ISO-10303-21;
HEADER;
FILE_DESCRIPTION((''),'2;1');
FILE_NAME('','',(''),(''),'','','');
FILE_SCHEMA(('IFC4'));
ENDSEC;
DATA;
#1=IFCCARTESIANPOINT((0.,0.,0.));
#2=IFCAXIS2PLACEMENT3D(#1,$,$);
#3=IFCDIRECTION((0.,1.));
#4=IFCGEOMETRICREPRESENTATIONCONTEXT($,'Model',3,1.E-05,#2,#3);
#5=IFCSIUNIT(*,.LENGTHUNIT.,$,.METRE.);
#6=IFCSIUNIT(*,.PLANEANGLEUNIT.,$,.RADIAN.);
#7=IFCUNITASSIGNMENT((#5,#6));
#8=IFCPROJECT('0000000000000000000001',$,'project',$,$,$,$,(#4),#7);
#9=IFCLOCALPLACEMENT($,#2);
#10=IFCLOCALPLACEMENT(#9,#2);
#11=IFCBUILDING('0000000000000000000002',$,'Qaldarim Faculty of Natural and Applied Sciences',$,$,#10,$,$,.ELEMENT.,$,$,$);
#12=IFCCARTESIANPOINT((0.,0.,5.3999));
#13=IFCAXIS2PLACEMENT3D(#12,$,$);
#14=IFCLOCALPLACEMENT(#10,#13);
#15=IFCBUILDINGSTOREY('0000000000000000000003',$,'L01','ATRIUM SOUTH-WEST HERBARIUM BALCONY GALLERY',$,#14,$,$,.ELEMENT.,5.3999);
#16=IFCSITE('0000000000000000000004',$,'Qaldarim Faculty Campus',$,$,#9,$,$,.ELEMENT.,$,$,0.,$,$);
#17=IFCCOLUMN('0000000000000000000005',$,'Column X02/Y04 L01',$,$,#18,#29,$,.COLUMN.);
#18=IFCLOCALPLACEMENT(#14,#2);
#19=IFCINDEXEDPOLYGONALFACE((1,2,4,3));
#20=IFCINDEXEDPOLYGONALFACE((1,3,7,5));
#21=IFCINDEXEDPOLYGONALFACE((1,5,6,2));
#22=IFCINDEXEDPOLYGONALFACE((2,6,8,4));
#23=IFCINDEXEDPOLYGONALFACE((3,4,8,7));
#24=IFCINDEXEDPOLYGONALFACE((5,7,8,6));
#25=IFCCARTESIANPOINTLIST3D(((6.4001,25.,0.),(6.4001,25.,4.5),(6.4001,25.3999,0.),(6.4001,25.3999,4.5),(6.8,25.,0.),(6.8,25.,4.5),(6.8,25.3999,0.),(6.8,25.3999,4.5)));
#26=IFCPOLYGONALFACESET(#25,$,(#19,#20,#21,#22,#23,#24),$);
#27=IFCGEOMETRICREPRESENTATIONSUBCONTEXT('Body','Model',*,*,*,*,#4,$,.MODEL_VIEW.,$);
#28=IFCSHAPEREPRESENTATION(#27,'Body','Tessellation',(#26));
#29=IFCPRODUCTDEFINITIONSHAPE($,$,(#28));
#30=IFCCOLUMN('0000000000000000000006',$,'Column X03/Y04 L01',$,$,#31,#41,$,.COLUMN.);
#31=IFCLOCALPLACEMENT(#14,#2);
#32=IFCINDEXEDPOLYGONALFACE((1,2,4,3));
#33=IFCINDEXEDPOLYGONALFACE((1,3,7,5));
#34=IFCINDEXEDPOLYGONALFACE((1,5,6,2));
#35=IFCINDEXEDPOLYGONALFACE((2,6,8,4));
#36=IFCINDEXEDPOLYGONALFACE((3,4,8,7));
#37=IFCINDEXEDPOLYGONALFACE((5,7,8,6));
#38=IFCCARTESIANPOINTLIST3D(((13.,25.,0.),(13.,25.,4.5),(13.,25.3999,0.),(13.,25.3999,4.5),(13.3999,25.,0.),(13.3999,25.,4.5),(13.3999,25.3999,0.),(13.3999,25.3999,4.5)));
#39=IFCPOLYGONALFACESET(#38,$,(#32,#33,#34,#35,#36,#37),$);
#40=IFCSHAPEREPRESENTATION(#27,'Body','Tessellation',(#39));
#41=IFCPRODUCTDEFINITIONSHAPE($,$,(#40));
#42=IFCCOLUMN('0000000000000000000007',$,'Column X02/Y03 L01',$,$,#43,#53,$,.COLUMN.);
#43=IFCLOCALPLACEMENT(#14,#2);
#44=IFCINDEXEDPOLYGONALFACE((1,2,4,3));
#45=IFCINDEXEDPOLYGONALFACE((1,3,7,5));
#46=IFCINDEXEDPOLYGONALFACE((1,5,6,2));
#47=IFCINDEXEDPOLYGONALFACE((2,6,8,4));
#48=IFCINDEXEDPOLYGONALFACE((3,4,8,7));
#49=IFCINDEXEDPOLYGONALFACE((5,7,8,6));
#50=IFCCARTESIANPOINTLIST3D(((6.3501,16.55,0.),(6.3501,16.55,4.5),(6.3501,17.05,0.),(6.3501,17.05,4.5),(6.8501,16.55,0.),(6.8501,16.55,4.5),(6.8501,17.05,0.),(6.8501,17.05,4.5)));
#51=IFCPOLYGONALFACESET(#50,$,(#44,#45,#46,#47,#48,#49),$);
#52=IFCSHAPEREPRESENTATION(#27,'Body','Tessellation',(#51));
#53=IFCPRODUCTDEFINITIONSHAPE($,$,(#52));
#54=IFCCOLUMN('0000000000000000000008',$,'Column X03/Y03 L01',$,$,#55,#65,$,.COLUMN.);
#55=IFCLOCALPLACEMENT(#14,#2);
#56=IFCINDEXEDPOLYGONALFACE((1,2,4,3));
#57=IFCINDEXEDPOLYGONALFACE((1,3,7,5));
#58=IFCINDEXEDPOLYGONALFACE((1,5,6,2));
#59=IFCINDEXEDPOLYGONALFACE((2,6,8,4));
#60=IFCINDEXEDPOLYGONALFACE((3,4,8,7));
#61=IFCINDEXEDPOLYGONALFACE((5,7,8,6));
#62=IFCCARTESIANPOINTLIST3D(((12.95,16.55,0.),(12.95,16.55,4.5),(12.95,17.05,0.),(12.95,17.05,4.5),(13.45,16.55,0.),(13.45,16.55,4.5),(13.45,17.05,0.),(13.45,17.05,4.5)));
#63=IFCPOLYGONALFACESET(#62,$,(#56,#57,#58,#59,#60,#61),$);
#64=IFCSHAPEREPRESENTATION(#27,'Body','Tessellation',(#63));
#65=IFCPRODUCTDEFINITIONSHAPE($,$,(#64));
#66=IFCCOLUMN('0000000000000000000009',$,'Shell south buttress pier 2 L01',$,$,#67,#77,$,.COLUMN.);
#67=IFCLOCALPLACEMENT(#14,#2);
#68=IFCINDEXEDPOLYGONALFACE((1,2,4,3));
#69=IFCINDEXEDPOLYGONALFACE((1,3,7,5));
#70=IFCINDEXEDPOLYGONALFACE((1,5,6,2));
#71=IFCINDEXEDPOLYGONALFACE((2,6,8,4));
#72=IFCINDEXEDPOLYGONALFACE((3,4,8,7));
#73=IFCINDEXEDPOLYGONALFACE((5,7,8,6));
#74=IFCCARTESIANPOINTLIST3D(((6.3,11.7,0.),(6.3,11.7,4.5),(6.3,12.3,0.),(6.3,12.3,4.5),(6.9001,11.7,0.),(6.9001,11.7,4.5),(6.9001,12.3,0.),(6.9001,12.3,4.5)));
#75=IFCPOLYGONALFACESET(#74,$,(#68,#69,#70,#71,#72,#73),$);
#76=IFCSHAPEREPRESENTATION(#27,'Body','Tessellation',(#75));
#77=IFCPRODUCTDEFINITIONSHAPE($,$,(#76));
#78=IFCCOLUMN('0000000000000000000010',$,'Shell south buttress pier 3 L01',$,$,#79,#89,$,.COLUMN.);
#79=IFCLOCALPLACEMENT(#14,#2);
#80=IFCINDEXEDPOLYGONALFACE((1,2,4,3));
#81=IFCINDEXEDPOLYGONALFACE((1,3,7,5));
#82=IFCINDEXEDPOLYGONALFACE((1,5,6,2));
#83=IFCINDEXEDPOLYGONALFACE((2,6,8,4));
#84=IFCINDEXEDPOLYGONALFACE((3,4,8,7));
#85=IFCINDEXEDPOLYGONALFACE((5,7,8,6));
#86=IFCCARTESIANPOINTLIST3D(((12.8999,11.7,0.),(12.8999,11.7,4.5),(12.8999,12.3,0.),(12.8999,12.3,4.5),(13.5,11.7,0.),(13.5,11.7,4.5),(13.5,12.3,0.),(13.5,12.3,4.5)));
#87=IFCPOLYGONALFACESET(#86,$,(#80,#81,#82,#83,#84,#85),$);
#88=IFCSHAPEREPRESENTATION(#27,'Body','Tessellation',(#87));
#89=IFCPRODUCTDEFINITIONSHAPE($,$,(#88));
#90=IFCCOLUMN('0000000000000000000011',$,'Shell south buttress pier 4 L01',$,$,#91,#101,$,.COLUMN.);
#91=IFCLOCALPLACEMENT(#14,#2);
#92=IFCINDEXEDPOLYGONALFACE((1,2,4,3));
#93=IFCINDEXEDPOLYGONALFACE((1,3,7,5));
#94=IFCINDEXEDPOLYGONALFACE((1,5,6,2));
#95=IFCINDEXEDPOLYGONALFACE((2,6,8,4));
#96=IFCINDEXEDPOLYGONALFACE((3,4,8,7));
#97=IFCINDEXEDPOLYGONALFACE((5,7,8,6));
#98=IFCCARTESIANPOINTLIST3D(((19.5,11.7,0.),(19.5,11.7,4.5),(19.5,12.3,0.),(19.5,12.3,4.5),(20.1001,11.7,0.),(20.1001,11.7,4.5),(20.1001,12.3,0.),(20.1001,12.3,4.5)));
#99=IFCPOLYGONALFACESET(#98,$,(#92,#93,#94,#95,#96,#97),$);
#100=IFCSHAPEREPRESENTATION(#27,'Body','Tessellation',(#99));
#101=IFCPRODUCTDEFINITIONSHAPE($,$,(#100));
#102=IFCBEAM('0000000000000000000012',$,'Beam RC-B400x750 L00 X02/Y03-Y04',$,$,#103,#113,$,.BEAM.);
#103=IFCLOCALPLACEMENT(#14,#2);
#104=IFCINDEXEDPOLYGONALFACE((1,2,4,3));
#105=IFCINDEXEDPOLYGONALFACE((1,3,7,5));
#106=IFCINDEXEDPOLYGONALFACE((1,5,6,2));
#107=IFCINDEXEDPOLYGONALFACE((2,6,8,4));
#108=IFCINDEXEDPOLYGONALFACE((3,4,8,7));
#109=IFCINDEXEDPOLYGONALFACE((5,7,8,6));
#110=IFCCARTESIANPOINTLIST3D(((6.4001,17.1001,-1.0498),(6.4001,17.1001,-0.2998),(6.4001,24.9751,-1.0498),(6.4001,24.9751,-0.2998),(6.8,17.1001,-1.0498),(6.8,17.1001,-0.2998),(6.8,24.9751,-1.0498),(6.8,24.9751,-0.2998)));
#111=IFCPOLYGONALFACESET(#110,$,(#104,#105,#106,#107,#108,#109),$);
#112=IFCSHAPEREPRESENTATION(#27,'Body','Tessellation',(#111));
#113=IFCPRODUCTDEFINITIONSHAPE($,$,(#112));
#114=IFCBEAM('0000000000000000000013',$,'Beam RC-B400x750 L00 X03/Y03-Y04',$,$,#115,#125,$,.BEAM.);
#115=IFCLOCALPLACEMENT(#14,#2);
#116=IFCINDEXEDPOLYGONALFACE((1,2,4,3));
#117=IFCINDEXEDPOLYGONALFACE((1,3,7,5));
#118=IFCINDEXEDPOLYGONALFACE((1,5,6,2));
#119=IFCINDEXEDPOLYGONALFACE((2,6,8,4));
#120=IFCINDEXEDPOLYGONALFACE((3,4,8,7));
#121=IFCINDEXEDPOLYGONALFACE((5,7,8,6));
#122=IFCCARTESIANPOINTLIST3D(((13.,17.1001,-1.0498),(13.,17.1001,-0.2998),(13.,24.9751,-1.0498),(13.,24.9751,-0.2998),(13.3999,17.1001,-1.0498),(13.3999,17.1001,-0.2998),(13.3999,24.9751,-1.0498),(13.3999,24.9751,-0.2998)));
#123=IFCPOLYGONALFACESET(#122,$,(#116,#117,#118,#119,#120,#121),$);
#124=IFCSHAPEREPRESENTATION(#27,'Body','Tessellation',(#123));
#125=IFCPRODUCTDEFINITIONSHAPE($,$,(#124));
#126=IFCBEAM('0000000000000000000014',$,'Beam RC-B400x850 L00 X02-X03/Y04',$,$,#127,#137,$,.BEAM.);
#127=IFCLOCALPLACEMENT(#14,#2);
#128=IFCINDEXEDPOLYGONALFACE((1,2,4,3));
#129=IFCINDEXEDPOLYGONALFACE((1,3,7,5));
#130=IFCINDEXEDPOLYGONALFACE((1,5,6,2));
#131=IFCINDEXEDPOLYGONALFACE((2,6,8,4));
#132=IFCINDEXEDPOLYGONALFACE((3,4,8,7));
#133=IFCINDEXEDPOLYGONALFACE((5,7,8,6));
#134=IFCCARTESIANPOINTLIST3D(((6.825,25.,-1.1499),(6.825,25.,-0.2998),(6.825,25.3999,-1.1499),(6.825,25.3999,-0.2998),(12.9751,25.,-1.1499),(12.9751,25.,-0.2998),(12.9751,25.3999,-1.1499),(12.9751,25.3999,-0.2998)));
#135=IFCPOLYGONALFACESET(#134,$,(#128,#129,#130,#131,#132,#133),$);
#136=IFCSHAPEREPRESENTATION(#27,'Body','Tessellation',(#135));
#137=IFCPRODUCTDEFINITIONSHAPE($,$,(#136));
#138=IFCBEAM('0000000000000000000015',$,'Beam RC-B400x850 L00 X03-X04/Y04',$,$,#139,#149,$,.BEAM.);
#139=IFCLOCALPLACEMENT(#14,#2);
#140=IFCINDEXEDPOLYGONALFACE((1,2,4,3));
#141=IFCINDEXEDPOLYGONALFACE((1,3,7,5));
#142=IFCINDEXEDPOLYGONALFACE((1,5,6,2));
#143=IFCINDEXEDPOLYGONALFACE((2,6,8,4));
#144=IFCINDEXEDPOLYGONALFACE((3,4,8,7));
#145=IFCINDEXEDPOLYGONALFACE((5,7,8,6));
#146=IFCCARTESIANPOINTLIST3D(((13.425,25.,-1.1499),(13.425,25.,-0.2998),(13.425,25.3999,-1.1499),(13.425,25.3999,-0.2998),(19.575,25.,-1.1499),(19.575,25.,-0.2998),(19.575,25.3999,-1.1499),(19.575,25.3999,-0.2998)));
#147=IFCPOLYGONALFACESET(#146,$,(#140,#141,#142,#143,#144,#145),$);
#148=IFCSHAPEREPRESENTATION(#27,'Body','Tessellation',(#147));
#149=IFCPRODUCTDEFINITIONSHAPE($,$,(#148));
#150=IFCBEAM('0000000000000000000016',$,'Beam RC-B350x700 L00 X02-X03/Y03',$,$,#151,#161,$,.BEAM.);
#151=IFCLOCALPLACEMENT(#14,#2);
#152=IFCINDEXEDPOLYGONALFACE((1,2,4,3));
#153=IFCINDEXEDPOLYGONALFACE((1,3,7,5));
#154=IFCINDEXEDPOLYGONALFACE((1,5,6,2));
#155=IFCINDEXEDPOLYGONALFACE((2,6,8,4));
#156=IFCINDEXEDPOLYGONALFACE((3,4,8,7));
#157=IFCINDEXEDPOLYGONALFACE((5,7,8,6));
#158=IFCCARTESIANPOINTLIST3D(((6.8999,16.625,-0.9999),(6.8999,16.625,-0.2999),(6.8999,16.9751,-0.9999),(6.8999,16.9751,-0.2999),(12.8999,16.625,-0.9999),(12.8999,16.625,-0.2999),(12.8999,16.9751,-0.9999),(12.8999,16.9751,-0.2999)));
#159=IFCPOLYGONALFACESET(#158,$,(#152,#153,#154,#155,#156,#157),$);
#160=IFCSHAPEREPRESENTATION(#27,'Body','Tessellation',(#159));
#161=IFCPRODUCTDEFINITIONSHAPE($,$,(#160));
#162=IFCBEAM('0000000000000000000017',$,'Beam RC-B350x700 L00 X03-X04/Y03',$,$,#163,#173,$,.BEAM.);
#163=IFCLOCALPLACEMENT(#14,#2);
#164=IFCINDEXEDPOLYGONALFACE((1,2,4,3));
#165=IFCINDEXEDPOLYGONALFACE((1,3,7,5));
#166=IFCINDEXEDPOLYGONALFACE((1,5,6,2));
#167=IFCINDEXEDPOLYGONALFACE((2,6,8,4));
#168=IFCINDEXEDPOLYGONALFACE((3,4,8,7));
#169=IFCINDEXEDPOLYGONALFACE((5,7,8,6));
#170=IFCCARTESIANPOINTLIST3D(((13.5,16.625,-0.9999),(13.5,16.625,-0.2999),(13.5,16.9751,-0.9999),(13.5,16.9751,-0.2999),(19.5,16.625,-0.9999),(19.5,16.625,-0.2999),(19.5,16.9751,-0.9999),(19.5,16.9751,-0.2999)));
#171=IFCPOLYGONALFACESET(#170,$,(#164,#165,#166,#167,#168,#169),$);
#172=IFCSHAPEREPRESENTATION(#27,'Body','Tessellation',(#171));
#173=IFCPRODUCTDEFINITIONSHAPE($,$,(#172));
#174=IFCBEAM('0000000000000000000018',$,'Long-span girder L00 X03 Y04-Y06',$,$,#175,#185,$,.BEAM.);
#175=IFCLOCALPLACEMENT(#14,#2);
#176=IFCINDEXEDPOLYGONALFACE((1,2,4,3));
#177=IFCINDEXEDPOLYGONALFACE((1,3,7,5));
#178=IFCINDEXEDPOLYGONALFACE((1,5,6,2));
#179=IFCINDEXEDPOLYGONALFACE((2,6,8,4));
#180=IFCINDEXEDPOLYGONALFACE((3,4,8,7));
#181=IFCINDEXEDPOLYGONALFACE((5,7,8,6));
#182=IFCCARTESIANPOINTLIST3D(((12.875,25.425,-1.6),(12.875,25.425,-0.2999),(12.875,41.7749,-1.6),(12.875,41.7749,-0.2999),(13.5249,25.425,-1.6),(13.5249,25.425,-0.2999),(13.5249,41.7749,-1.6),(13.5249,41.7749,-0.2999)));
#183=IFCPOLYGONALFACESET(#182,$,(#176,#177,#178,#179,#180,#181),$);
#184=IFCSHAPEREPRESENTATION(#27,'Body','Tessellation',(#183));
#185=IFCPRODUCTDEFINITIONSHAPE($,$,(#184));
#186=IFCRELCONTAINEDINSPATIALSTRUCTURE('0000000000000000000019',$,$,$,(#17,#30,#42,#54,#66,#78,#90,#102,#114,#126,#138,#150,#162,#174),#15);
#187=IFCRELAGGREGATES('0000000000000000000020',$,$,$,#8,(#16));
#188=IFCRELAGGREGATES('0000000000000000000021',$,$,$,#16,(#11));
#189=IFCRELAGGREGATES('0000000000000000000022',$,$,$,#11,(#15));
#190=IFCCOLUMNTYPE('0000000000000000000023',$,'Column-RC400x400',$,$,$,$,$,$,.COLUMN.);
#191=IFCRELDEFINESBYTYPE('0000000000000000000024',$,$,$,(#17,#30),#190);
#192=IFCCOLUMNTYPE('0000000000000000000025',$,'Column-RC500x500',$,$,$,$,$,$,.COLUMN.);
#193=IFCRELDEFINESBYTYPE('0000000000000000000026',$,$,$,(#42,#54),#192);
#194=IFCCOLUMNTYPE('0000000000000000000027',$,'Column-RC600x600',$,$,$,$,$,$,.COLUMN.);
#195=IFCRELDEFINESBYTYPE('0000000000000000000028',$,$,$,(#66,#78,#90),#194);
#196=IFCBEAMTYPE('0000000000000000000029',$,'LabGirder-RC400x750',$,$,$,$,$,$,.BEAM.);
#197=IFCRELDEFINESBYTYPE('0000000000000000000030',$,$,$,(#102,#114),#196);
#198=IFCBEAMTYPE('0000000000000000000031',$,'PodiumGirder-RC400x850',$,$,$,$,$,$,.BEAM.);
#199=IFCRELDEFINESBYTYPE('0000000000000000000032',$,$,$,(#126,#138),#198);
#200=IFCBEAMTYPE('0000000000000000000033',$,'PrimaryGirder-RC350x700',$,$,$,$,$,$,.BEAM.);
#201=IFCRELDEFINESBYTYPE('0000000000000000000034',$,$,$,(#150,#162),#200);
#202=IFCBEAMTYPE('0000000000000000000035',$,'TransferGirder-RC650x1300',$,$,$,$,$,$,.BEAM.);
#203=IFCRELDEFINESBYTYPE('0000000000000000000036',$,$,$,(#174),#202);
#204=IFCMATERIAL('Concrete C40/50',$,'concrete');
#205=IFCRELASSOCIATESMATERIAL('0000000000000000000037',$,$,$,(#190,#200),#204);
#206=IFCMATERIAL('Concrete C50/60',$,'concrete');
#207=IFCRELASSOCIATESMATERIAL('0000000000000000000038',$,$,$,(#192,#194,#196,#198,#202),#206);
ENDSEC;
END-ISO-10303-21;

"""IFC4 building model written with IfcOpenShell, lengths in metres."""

from ifc_helpers import new_model, si_unit, direction, frame, origin, origin_2d, place, context, subcontext, project, spatial, rectangle, extrude, material, material_profile, profile_set, type_object, element, save


model = new_model("IFC4")

# Units and contexts
model_context = context("Model", 3, precision=1e-05, world=origin(), true_north=direction((0.0, 1.0)))
body_context = subcontext(model_context, "Body", "Model", "MODEL_VIEW")
ifc_project = project(units=[si_unit("LENGTHUNIT", "METRE"), si_unit("PLANEANGLEUNIT", "RADIAN")], contexts=[model_context])

# Site, building, storey
site_placement = place(None, origin())
site = spatial("IfcSite", under=ifc_project, at=site_placement, Name="Qaldarim Faculty Campus", CompositionType="ELEMENT", RefElevation=0.0)
building_placement = place(site_placement, origin())
building = spatial("IfcBuilding", under=site, at=building_placement, Name="Qaldarim Faculty of Natural and Applied Sciences", CompositionType="ELEMENT")
storey_placement = place(building_placement, frame((0.0, 0.0, 5.3999)))
storey = spatial("IfcBuildingStorey", under=building, at=storey_placement, Name="L01", Description="ATRIUM SOUTH-WEST HERBARIUM BALCONY GALLERY", CompositionType="ELEMENT", Elevation=5.3999)

# Columns
ifc_material_1 = material(Name="Concrete C40/50", Category="concrete")
ifc_material_profile_1 = material_profile(ifc_material_1, rectangle(XDim=0.3999, YDim=0.3999, at=origin_2d()), Name="RC-C400x400")
ifc_profile_set_1 = profile_set([ifc_material_profile_1], Name="Concrete C40/50")
column_type_1 = type_object("IfcColumnType", Name="Column-RC400x400", PredefinedType="COLUMN", material=ifc_profile_set_1)
for number, where, z_axis, x_axis, name in (
    (1, (6.6001, 25.2, 0.0), (0.0, 0.0, 1.0), (1.0, 0.0, 0.0), "Column X02/Y04 L01"),
    (2, (13.2, 25.2, 0.0), (0.0, 0.0, 1.0), (1.0, 0.0, 0.0), "Column X03/Y04 L01"),
):
    element("IfcColumn", number, at=place(storey_placement, frame(where, z_axis=z_axis, x_axis=x_axis)), inside=storey, type_object=column_type_1, Name=name, PredefinedType="COLUMN", context=body_context, shape_type="SweptSolid", body=[
        extrude(rectangle(XDim=0.3999, YDim=0.3999, at=origin_2d()), origin(), (0.0, 0.0, 1.0), 4.5),
    ])
ifc_material_2 = material(Name="Concrete C50/60", Category="concrete")
ifc_material_profile_2 = material_profile(ifc_material_2, rectangle(XDim=0.5, YDim=0.5, at=origin_2d()), Name="RC-C500x500")
ifc_profile_set_2 = profile_set([ifc_material_profile_2], Name="Concrete C50/60")
column_type_2 = type_object("IfcColumnType", Name="Column-RC500x500", PredefinedType="COLUMN", material=ifc_profile_set_2)
for number, where, z_axis, x_axis, name in (
    (3, (6.6001, 16.8, 0.0), (0.0, 0.0, 1.0), (1.0, 0.0, 0.0), "Column X02/Y03 L01"),
    (4, (13.2, 16.8, 0.0), (0.0, 0.0, 1.0), (1.0, 0.0, 0.0), "Column X03/Y03 L01"),
):
    element("IfcColumn", number, at=place(storey_placement, frame(where, z_axis=z_axis, x_axis=x_axis)), inside=storey, type_object=column_type_2, Name=name, PredefinedType="COLUMN", context=body_context, shape_type="SweptSolid", body=[
        extrude(rectangle(XDim=0.5, YDim=0.5, at=origin_2d()), origin(), (0.0, 0.0, 1.0), 4.5),
    ])
ifc_material_profile_3 = material_profile(ifc_material_2, rectangle(XDim=0.6001, YDim=0.6001, at=origin_2d()), Name="RC-C600x600")
ifc_profile_set_3 = profile_set([ifc_material_profile_3], Name="Concrete C50/60")
column_type_3 = type_object("IfcColumnType", Name="Column-RC600x600", PredefinedType="COLUMN", material=ifc_profile_set_3)
for number, where, z_axis, x_axis, name in (
    (5, (6.6001, 12.0, 0.0), (0.0, 0.0, 1.0), (1.0, 0.0, 0.0), "Shell south buttress pier 2 L01"),
    (6, (13.2, 12.0, 0.0), (0.0, 0.0, 1.0), (1.0, 0.0, 0.0), "Shell south buttress pier 3 L01"),
    (7, (19.8, 12.0, 0.0), (0.0, 0.0, 1.0), (1.0, 0.0, 0.0), "Shell south buttress pier 4 L01"),
):
    element("IfcColumn", number, at=place(storey_placement, frame(where, z_axis=z_axis, x_axis=x_axis)), inside=storey, type_object=column_type_3, Name=name, PredefinedType="COLUMN", context=body_context, shape_type="SweptSolid", body=[
        extrude(rectangle(XDim=0.6001, YDim=0.6001, at=origin_2d()), origin(), (0.0, 0.0, 1.0), 4.5),
    ])

# Beams
ifc_material_profile_4 = material_profile(ifc_material_2, rectangle(XDim=0.3999, YDim=0.75, at=origin_2d()), Name="RC-B400x750")
ifc_profile_set_4 = profile_set([ifc_material_profile_4], Name="Concrete C50/60")
beam_type_1 = type_object("IfcBeamType", Name="LabGirder-RC400x750", PredefinedType="BEAM", material=ifc_profile_set_4)
for number, where, z_axis, x_axis, name in (
    (8, (6.6001, 17.1001, -0.6748), (0.0, 1.0, 0.0), (-1.0, 0.0, 0.0), "Beam RC-B400x750 L00 X02/Y03-Y04"),
    (9, (13.2, 17.1001, -0.6748), (0.0, 1.0, 0.0), (-1.0, 0.0, 0.0), "Beam RC-B400x750 L00 X03/Y03-Y04"),
):
    element("IfcBeam", number, at=place(storey_placement, frame(where, z_axis=z_axis, x_axis=x_axis)), inside=storey, type_object=beam_type_1, Name=name, PredefinedType="BEAM", context=body_context, shape_type="SweptSolid", body=[
        extrude(rectangle(XDim=0.3999, YDim=0.75, at=origin_2d()), origin(), (0.0, 0.0, 1.0), 7.875),
    ])
ifc_material_profile_5 = material_profile(ifc_material_2, rectangle(XDim=0.3999, YDim=0.8501, at=origin_2d()), Name="RC-B400x850")
ifc_profile_set_5 = profile_set([ifc_material_profile_5], Name="Concrete C50/60")
beam_type_2 = type_object("IfcBeamType", Name="PodiumGirder-RC400x850", PredefinedType="BEAM", material=ifc_profile_set_5)
beam_1_placement = place(storey_placement, frame((6.825, 25.2, -0.7249), z_axis=(1.0, 0.0, 0.0), x_axis=(0.0, 1.0, 0.0)))
element("IfcBeam", 10, at=beam_1_placement, inside=storey, type_object=beam_type_2, Name="Beam RC-B400x850 L00 X02-X03/Y04", PredefinedType="BEAM", context=body_context, shape_type="SweptSolid", body=[
    extrude(rectangle(XDim=0.3999, YDim=0.8501, at=origin_2d()), origin(), (0.0, 0.0, 1.0), 6.1501),
])
beam_2_placement = place(storey_placement, frame((13.425, 25.2, -0.7249), z_axis=(1.0, 0.0, 0.0), x_axis=(0.0, 1.0, 0.0)))
element("IfcBeam", 11, at=beam_2_placement, inside=storey, type_object=beam_type_2, Name="Beam RC-B400x850 L00 X03-X04/Y04", PredefinedType="BEAM", context=body_context, shape_type="SweptSolid", body=[
    extrude(rectangle(XDim=0.3999, YDim=0.8501, at=origin_2d()), origin(), (0.0, 0.0, 1.0), 6.1499),
])
ifc_material_profile_6 = material_profile(ifc_material_1, rectangle(XDim=0.3501, YDim=0.7, at=origin_2d()), Name="RC-B350x700")
ifc_profile_set_6 = profile_set([ifc_material_profile_6], Name="Concrete C40/50")
beam_type_3 = type_object("IfcBeamType", Name="PrimaryGirder-RC350x700", PredefinedType="BEAM", material=ifc_profile_set_6)
for number, where, z_axis, x_axis, name in (
    (12, (6.8999, 16.8, -0.6499), (1.0, 0.0, 0.0), (0.0, 1.0, 0.0), "Beam RC-B350x700 L00 X02-X03/Y03"),
    (13, (13.5, 16.8, -0.6499), (1.0, 0.0, 0.0), (0.0, 1.0, 0.0), "Beam RC-B350x700 L00 X03-X04/Y03"),
):
    element("IfcBeam", number, at=place(storey_placement, frame(where, z_axis=z_axis, x_axis=x_axis)), inside=storey, type_object=beam_type_3, Name=name, PredefinedType="BEAM", context=body_context, shape_type="SweptSolid", body=[
        extrude(rectangle(XDim=0.3501, YDim=0.7, at=origin_2d()), origin(), (0.0, 0.0, 1.0), 6.0),
    ])
ifc_material_profile_7 = material_profile(ifc_material_2, rectangle(XDim=0.6499, YDim=1.3, at=origin_2d()), Name="RC-TG650x1300")
ifc_profile_set_7 = profile_set([ifc_material_profile_7], Name="Concrete C50/60")
beam_type_4 = type_object("IfcBeamType", Name="TransferGirder-RC650x1300", PredefinedType="BEAM", material=ifc_profile_set_7)
beam_3_placement = place(storey_placement, frame((13.2, 25.425, -0.95), z_axis=(0.0, 1.0, 0.0), x_axis=(-1.0, 0.0, 0.0)))
element("IfcBeam", 14, at=beam_3_placement, inside=storey, type_object=beam_type_4, Name="Long-span girder L00 X03 Y04-Y06", PredefinedType="BEAM", context=body_context, shape_type="SweptSolid", body=[
    extrude(rectangle(XDim=0.6499, YDim=1.3, at=origin_2d()), origin(), (0.0, 0.0, 1.0), 16.3499),
])

save(model, "model.ifc")
